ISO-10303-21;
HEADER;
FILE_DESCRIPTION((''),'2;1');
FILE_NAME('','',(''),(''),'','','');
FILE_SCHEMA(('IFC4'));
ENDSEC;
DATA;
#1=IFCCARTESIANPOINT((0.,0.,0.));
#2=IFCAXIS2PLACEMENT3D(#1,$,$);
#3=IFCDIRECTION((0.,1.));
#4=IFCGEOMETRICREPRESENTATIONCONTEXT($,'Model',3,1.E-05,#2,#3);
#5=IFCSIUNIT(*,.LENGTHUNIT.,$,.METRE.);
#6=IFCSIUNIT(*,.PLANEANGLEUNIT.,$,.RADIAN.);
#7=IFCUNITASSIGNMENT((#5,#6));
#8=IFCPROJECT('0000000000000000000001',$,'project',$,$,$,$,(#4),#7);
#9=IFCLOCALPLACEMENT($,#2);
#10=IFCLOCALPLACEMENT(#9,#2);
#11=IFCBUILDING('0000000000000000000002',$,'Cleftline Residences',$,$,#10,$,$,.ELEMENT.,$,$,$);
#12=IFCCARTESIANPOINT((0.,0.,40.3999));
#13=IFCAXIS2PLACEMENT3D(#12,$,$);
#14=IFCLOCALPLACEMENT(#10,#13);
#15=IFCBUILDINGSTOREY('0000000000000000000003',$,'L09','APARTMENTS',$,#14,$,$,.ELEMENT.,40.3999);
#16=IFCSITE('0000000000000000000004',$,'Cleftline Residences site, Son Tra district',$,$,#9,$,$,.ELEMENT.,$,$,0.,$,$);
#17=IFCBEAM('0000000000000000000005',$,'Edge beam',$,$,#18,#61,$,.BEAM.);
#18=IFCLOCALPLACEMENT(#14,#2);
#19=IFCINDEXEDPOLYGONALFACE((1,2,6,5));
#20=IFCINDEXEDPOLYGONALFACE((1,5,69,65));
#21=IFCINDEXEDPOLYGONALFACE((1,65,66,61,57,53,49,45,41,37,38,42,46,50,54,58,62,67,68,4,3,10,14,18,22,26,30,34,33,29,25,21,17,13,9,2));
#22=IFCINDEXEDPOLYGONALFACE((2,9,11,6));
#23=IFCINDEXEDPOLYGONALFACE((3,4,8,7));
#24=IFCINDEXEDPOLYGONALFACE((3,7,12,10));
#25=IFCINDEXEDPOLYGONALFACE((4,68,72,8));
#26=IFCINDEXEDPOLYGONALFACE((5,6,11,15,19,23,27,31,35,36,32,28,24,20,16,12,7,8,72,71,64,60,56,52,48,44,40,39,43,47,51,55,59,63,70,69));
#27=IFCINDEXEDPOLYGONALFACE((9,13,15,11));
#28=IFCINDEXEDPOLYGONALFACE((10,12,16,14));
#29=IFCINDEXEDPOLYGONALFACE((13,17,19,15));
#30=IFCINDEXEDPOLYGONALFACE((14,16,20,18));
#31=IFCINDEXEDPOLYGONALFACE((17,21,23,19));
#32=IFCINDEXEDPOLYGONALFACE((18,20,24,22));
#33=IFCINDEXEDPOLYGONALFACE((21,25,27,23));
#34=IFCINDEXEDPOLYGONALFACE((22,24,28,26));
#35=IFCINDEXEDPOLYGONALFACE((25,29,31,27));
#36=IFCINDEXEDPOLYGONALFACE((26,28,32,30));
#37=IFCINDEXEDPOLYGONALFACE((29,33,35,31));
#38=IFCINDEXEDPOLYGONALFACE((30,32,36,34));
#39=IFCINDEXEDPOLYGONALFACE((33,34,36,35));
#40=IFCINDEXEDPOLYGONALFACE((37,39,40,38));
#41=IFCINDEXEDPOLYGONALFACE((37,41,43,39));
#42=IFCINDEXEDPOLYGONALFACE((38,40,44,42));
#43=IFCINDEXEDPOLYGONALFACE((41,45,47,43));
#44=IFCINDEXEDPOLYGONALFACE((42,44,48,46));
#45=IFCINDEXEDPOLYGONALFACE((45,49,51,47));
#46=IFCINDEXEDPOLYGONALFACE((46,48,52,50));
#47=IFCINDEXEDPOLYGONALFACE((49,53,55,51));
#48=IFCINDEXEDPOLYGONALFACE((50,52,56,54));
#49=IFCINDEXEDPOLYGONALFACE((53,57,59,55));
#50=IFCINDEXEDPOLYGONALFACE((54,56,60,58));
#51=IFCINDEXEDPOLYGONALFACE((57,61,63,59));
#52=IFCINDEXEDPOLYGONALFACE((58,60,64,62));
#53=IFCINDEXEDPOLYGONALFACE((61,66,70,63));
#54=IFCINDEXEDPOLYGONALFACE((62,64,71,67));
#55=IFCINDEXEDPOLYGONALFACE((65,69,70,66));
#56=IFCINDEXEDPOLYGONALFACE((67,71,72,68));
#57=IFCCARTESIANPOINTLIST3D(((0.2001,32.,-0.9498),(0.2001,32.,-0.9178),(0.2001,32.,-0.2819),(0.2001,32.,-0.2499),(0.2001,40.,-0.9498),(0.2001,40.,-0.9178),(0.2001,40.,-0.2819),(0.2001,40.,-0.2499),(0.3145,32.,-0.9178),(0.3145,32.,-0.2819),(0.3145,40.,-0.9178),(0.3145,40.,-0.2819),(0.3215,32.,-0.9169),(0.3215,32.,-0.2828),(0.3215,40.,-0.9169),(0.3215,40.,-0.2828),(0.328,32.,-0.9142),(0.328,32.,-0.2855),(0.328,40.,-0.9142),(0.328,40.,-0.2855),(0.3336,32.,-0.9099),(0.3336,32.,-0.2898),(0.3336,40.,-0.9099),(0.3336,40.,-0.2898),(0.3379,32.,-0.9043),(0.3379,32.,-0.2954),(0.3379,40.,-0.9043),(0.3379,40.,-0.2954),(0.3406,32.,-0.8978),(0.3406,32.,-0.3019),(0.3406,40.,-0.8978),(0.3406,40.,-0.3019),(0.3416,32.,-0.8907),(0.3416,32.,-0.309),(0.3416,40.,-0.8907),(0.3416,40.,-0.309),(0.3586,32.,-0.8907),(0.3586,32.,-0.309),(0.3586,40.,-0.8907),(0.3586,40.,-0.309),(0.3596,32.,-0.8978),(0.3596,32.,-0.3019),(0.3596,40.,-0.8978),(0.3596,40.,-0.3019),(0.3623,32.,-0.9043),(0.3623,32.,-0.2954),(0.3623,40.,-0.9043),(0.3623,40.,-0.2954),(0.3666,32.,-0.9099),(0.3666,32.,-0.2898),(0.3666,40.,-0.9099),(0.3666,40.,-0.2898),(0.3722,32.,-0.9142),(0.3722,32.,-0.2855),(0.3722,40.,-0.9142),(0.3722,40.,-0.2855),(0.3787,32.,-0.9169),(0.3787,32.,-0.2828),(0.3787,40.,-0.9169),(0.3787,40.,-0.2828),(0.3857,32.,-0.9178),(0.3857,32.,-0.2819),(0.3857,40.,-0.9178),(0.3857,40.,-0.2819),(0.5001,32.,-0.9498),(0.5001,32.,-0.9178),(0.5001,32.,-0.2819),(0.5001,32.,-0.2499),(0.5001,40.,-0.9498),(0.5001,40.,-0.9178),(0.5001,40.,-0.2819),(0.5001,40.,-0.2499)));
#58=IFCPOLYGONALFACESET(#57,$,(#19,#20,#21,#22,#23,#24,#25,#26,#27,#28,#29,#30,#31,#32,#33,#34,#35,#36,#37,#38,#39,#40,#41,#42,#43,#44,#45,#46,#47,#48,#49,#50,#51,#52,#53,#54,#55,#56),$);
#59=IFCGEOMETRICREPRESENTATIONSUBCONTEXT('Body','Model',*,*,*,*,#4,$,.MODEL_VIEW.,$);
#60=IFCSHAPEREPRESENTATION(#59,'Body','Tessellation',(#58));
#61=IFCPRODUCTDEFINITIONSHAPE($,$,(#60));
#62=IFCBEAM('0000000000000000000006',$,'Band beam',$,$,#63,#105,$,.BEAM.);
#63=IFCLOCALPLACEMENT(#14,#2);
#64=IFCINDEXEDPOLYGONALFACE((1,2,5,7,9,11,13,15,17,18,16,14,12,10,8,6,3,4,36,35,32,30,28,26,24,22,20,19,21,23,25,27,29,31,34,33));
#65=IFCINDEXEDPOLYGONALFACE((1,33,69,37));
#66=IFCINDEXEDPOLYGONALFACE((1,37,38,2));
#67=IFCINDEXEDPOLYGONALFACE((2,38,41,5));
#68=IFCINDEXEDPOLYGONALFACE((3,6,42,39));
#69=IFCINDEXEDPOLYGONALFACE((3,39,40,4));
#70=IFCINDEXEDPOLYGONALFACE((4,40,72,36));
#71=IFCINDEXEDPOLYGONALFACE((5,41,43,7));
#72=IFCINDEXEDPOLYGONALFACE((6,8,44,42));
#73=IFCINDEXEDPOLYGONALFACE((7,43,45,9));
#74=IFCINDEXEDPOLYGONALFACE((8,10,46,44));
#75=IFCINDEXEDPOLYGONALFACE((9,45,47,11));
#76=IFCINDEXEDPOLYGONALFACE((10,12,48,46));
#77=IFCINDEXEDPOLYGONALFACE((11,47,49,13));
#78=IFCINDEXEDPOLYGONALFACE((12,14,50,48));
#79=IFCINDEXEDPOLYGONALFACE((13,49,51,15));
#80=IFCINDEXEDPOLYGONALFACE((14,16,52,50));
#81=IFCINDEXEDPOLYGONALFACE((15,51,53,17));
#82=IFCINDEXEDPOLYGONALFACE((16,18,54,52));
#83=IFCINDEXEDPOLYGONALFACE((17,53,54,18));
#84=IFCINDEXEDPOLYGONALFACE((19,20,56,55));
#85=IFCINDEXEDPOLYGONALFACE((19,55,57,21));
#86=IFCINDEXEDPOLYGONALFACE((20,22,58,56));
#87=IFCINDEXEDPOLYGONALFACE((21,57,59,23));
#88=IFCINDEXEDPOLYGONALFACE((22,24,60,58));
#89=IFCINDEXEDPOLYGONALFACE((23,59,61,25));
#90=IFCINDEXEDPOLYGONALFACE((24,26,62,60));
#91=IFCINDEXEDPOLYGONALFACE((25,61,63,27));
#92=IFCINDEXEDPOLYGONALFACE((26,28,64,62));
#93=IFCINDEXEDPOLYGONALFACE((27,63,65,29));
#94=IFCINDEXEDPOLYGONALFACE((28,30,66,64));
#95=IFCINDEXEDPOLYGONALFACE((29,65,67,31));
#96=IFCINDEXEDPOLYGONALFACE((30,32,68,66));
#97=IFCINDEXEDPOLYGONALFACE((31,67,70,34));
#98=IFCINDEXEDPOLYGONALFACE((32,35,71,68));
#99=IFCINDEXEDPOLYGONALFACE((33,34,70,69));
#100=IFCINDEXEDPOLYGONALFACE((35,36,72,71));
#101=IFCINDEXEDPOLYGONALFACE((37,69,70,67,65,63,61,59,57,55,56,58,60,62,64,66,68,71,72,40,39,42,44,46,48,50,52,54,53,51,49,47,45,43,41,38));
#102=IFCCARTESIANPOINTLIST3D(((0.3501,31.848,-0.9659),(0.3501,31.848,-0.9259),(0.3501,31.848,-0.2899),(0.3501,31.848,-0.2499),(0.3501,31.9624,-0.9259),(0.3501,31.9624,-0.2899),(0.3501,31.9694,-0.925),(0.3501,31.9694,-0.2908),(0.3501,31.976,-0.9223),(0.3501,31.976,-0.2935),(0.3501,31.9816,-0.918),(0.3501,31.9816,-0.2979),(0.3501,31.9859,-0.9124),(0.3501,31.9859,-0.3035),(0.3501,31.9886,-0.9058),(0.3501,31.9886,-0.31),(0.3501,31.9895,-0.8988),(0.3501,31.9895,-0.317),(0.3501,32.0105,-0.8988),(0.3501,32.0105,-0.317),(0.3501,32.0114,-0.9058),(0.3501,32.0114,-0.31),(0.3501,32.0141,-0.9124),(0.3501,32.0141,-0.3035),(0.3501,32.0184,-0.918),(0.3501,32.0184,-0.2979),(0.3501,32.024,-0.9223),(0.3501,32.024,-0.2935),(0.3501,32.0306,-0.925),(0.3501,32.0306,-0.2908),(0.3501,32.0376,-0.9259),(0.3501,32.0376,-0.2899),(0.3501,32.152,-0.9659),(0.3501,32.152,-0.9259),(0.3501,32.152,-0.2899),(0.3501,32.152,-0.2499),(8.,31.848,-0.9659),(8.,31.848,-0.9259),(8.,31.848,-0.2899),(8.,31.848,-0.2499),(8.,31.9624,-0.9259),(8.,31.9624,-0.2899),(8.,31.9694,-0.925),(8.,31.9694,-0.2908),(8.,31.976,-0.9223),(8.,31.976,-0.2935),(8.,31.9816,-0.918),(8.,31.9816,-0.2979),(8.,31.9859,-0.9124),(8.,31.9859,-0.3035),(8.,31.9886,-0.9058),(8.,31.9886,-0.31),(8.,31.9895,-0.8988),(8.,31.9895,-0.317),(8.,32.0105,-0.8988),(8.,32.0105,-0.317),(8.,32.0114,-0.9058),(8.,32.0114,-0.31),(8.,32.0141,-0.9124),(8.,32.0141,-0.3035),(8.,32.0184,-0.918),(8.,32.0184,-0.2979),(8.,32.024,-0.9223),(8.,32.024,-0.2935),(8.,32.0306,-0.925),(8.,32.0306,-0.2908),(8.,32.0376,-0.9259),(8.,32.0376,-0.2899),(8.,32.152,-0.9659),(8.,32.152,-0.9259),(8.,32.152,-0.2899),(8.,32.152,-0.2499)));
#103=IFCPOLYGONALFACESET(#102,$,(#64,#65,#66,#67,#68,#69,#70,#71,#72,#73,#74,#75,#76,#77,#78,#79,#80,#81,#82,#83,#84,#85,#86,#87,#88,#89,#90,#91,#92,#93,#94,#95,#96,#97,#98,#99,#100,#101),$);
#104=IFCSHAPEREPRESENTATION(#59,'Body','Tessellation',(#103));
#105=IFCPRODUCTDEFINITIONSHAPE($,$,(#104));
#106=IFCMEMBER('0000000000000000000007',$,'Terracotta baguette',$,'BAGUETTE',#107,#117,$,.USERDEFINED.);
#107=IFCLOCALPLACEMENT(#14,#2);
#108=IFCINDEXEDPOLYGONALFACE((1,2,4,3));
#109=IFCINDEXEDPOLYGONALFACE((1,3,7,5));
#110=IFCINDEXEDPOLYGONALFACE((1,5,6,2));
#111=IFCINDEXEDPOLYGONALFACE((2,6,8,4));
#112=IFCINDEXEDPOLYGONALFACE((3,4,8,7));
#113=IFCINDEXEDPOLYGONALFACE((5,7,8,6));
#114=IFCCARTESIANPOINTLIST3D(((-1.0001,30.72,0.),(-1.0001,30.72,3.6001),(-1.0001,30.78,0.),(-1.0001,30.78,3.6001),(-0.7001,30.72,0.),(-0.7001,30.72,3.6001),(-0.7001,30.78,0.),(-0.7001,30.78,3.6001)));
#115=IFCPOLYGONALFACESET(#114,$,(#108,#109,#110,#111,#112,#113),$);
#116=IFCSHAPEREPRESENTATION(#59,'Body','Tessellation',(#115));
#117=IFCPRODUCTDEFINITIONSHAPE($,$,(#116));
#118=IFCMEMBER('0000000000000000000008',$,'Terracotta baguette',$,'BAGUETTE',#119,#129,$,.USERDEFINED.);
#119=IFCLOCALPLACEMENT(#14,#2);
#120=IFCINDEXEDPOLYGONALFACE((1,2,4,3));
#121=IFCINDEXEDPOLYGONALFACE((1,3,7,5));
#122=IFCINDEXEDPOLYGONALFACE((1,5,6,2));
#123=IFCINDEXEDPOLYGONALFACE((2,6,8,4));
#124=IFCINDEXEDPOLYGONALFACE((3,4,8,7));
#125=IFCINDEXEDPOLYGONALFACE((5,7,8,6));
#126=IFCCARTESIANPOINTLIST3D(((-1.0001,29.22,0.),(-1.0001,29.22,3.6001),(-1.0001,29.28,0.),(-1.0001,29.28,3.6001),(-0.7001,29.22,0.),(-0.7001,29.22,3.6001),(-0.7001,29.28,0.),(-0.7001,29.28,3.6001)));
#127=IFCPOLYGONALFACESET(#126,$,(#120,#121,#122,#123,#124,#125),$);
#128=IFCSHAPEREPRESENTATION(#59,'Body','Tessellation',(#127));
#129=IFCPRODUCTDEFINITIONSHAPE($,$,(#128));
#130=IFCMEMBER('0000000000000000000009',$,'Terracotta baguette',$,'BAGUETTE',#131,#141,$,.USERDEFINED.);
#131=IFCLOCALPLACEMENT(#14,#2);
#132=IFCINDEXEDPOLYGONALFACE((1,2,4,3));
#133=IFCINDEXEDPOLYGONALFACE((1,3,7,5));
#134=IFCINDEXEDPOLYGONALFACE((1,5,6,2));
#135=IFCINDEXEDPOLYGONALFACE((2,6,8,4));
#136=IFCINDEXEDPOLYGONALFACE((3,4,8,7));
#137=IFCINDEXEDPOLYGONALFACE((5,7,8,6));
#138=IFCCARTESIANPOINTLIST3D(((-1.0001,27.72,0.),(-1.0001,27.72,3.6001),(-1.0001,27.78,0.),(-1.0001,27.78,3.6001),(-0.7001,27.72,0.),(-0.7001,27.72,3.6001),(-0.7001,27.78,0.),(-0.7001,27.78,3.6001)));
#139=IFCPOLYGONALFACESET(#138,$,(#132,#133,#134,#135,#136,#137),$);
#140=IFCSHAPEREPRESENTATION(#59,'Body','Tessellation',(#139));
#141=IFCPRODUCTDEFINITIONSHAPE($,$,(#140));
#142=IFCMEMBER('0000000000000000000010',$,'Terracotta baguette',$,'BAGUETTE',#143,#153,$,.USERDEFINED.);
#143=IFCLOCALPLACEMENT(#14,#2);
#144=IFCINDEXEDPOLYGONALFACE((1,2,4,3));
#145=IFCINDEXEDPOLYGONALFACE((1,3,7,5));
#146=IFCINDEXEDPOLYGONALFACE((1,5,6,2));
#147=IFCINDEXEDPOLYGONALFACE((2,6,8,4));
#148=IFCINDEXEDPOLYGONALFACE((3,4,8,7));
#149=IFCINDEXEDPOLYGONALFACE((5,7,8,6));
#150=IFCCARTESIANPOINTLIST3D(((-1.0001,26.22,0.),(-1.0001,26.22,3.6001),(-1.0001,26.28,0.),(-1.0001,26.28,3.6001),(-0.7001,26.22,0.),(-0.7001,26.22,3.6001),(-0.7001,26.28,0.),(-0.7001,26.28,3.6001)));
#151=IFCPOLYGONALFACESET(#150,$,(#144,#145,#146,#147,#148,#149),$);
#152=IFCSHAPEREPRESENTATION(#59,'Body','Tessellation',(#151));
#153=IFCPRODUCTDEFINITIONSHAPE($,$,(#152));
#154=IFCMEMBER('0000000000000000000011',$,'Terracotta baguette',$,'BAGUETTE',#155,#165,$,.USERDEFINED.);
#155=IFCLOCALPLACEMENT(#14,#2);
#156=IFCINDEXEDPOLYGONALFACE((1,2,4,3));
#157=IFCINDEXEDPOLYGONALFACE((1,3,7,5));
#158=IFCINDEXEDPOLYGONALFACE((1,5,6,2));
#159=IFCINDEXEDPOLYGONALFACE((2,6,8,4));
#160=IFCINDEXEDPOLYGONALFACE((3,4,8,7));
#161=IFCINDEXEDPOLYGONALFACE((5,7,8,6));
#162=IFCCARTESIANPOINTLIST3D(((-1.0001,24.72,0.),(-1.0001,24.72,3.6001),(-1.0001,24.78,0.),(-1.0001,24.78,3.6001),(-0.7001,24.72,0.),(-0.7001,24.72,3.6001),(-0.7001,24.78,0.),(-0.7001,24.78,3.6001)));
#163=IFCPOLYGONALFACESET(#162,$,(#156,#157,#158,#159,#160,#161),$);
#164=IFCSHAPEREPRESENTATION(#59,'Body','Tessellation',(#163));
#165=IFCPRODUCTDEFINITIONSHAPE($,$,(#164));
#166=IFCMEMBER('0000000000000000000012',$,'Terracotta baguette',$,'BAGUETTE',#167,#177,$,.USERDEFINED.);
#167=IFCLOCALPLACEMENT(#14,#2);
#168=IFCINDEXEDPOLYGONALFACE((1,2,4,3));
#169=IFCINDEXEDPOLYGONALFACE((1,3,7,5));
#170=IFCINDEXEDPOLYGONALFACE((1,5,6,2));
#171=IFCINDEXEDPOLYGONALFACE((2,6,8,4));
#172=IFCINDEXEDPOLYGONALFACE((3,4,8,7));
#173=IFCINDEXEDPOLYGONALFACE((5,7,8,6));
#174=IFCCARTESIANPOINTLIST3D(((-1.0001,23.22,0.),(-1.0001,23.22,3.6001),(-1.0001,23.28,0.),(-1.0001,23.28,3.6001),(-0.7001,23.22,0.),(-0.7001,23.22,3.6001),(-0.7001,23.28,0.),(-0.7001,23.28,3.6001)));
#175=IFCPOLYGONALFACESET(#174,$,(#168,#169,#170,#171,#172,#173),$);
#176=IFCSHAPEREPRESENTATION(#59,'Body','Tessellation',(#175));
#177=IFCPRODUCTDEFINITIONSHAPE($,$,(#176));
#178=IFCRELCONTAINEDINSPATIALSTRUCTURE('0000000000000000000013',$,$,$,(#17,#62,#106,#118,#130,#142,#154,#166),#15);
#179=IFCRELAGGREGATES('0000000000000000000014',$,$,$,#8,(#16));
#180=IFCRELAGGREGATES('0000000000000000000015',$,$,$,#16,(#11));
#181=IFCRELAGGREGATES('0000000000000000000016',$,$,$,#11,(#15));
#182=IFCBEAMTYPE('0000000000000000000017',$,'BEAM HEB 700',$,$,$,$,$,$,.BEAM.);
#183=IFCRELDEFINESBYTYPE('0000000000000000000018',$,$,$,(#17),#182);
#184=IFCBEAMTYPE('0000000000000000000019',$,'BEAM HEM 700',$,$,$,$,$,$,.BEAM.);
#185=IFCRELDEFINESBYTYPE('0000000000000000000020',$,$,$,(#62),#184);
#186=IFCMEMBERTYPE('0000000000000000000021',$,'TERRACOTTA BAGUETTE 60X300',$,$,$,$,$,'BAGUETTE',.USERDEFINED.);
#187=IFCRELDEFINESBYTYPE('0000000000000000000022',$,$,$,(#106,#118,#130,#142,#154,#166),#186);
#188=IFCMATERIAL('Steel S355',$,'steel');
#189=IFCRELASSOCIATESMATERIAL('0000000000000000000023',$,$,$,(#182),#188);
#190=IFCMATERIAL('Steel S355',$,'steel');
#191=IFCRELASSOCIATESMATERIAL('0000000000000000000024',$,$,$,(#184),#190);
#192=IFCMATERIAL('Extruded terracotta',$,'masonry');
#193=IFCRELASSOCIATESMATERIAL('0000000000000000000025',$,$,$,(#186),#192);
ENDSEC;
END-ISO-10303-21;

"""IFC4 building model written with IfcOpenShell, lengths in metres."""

from ifc_helpers import new_model, si_unit, direction, frame, origin, origin_2d, place, context, subcontext, project, spatial, rectangle, i_section, extrude, material, material_profile, profile_set, type_object, element, save


model = new_model("IFC4")

# Units and contexts
model_context = context("Model", 3, precision=1e-05, world=origin(), true_north=direction((0.0, 1.0)))
body_context = subcontext(model_context, "Body", "Model", "MODEL_VIEW")
ifc_project = project(units=[si_unit("LENGTHUNIT", "METRE"), si_unit("PLANEANGLEUNIT", "RADIAN")], contexts=[model_context])

# Site, building, storey
site_placement = place(None, origin())
site = spatial("IfcSite", under=ifc_project, at=site_placement, Name="Cleftline Residences site, Son Tra district", CompositionType="ELEMENT", RefElevation=0.0)
building_placement = place(site_placement, origin())
building = spatial("IfcBuilding", under=site, at=building_placement, Name="Cleftline Residences", CompositionType="ELEMENT")
storey_placement = place(building_placement, frame((0.0, 0.0, 40.3999)))
storey = spatial("IfcBuildingStorey", under=building, at=storey_placement, Name="L09", Description="APARTMENTS", CompositionType="ELEMENT", Elevation=40.3999)

# Beams
ifc_material_1 = material(Name="Steel S355", Category="steel")
ifc_material_profile_1 = material_profile(ifc_material_1, i_section(OverallWidth=0.3, OverallDepth=0.7, WebThickness=0.0171, FlangeThickness=0.032, FilletRadius=0.0271, at=origin_2d()))
ifc_profile_set_1 = profile_set([ifc_material_profile_1], Name="Steel S355")
beam_type_1 = type_object("IfcBeamType", Name="BEAM HEB 700", PredefinedType="BEAM", material=ifc_profile_set_1)
for number, where, z_axis, x_axis, name in (
    (1, (0.3501, 32.0, -0.5999), (0.0, 1.0, 0.0), (-1.0, 0.0, 0.0), "Edge beam"),
):
    element("IfcBeam", number, at=place(storey_placement, frame(where, z_axis=z_axis, x_axis=x_axis)), inside=storey, type_object=beam_type_1, Name=name, PredefinedType="BEAM", context=body_context, shape_type="SweptSolid", body=[
        extrude(i_section(OverallWidth=0.3, OverallDepth=0.7, WebThickness=0.0171, FlangeThickness=0.032, FilletRadius=0.0271, at=origin_2d()), origin(), (0.0, 0.0, 1.0), 8.0),
    ])
ifc_material_2 = material(Name="Steel S355", Category="steel")
ifc_material_profile_2 = material_profile(ifc_material_2, i_section(OverallWidth=0.304, OverallDepth=0.7161, WebThickness=0.021, FlangeThickness=0.04, FilletRadius=0.0271, at=origin_2d()))
ifc_profile_set_2 = profile_set([ifc_material_profile_2], Name="Steel S355")
beam_type_2 = type_object("IfcBeamType", Name="BEAM HEM 700", PredefinedType="BEAM", material=ifc_profile_set_2)
beam_placement = place(storey_placement, frame((0.3501, 32.0, -0.6079), z_axis=(1.0, 0.0, 0.0), x_axis=(0.0, 1.0, 0.0)))
element("IfcBeam", 2, at=beam_placement, inside=storey, type_object=beam_type_2, Name="Band beam", PredefinedType="BEAM", context=body_context, shape_type="SweptSolid", body=[
    extrude(i_section(OverallWidth=0.304, OverallDepth=0.7161, WebThickness=0.021, FlangeThickness=0.04, FilletRadius=0.0271, at=origin_2d()), origin(), (0.0, 0.0, 1.0), 7.6499),
])

# Members
ifc_material_3 = material(Name="Extruded terracotta", Category="masonry")
ifc_material_profile_3 = material_profile(ifc_material_3, rectangle(XDim=0.0601, YDim=0.3, at=origin_2d()))
ifc_profile_set_3 = profile_set([ifc_material_profile_3], Name="Extruded terracotta")
member_type_1 = type_object("IfcMemberType", Name="TERRACOTTA BAGUETTE 60X300", ElementType="BAGUETTE", PredefinedType="USERDEFINED", material=ifc_profile_set_3)
for number, where, z_axis, x_axis, name in (
    (3, (-0.8501, 30.75, 0.0), (0.0, 0.0, 1.0), (0.0, 1.0, 0.0), "Terracotta baguette"),
    (4, (-0.8501, 29.25, 0.0), (0.0, 0.0, 1.0), (0.0, 1.0, 0.0), "Terracotta baguette"),
    (5, (-0.8501, 27.75, 0.0), (0.0, 0.0, 1.0), (0.0, 1.0, 0.0), "Terracotta baguette"),
    (6, (-0.8501, 26.25, 0.0), (0.0, 0.0, 1.0), (0.0, 1.0, 0.0), "Terracotta baguette"),
    (7, (-0.8501, 24.75, 0.0), (0.0, 0.0, 1.0), (0.0, 1.0, 0.0), "Terracotta baguette"),
    (8, (-0.8501, 23.25, 0.0), (0.0, 0.0, 1.0), (0.0, 1.0, 0.0), "Terracotta baguette"),
):
    element("IfcMember", number, at=place(storey_placement, frame(where, z_axis=z_axis, x_axis=x_axis)), inside=storey, type_object=member_type_1, Name=name, ObjectType="BAGUETTE", PredefinedType="USERDEFINED", context=body_context, shape_type="SweptSolid", body=[
        extrude(rectangle(XDim=0.0601, YDim=0.3, at=origin_2d()), origin(), (0.0, 0.0, 1.0), 3.6001),
    ])

save(model, "model.ifc")
